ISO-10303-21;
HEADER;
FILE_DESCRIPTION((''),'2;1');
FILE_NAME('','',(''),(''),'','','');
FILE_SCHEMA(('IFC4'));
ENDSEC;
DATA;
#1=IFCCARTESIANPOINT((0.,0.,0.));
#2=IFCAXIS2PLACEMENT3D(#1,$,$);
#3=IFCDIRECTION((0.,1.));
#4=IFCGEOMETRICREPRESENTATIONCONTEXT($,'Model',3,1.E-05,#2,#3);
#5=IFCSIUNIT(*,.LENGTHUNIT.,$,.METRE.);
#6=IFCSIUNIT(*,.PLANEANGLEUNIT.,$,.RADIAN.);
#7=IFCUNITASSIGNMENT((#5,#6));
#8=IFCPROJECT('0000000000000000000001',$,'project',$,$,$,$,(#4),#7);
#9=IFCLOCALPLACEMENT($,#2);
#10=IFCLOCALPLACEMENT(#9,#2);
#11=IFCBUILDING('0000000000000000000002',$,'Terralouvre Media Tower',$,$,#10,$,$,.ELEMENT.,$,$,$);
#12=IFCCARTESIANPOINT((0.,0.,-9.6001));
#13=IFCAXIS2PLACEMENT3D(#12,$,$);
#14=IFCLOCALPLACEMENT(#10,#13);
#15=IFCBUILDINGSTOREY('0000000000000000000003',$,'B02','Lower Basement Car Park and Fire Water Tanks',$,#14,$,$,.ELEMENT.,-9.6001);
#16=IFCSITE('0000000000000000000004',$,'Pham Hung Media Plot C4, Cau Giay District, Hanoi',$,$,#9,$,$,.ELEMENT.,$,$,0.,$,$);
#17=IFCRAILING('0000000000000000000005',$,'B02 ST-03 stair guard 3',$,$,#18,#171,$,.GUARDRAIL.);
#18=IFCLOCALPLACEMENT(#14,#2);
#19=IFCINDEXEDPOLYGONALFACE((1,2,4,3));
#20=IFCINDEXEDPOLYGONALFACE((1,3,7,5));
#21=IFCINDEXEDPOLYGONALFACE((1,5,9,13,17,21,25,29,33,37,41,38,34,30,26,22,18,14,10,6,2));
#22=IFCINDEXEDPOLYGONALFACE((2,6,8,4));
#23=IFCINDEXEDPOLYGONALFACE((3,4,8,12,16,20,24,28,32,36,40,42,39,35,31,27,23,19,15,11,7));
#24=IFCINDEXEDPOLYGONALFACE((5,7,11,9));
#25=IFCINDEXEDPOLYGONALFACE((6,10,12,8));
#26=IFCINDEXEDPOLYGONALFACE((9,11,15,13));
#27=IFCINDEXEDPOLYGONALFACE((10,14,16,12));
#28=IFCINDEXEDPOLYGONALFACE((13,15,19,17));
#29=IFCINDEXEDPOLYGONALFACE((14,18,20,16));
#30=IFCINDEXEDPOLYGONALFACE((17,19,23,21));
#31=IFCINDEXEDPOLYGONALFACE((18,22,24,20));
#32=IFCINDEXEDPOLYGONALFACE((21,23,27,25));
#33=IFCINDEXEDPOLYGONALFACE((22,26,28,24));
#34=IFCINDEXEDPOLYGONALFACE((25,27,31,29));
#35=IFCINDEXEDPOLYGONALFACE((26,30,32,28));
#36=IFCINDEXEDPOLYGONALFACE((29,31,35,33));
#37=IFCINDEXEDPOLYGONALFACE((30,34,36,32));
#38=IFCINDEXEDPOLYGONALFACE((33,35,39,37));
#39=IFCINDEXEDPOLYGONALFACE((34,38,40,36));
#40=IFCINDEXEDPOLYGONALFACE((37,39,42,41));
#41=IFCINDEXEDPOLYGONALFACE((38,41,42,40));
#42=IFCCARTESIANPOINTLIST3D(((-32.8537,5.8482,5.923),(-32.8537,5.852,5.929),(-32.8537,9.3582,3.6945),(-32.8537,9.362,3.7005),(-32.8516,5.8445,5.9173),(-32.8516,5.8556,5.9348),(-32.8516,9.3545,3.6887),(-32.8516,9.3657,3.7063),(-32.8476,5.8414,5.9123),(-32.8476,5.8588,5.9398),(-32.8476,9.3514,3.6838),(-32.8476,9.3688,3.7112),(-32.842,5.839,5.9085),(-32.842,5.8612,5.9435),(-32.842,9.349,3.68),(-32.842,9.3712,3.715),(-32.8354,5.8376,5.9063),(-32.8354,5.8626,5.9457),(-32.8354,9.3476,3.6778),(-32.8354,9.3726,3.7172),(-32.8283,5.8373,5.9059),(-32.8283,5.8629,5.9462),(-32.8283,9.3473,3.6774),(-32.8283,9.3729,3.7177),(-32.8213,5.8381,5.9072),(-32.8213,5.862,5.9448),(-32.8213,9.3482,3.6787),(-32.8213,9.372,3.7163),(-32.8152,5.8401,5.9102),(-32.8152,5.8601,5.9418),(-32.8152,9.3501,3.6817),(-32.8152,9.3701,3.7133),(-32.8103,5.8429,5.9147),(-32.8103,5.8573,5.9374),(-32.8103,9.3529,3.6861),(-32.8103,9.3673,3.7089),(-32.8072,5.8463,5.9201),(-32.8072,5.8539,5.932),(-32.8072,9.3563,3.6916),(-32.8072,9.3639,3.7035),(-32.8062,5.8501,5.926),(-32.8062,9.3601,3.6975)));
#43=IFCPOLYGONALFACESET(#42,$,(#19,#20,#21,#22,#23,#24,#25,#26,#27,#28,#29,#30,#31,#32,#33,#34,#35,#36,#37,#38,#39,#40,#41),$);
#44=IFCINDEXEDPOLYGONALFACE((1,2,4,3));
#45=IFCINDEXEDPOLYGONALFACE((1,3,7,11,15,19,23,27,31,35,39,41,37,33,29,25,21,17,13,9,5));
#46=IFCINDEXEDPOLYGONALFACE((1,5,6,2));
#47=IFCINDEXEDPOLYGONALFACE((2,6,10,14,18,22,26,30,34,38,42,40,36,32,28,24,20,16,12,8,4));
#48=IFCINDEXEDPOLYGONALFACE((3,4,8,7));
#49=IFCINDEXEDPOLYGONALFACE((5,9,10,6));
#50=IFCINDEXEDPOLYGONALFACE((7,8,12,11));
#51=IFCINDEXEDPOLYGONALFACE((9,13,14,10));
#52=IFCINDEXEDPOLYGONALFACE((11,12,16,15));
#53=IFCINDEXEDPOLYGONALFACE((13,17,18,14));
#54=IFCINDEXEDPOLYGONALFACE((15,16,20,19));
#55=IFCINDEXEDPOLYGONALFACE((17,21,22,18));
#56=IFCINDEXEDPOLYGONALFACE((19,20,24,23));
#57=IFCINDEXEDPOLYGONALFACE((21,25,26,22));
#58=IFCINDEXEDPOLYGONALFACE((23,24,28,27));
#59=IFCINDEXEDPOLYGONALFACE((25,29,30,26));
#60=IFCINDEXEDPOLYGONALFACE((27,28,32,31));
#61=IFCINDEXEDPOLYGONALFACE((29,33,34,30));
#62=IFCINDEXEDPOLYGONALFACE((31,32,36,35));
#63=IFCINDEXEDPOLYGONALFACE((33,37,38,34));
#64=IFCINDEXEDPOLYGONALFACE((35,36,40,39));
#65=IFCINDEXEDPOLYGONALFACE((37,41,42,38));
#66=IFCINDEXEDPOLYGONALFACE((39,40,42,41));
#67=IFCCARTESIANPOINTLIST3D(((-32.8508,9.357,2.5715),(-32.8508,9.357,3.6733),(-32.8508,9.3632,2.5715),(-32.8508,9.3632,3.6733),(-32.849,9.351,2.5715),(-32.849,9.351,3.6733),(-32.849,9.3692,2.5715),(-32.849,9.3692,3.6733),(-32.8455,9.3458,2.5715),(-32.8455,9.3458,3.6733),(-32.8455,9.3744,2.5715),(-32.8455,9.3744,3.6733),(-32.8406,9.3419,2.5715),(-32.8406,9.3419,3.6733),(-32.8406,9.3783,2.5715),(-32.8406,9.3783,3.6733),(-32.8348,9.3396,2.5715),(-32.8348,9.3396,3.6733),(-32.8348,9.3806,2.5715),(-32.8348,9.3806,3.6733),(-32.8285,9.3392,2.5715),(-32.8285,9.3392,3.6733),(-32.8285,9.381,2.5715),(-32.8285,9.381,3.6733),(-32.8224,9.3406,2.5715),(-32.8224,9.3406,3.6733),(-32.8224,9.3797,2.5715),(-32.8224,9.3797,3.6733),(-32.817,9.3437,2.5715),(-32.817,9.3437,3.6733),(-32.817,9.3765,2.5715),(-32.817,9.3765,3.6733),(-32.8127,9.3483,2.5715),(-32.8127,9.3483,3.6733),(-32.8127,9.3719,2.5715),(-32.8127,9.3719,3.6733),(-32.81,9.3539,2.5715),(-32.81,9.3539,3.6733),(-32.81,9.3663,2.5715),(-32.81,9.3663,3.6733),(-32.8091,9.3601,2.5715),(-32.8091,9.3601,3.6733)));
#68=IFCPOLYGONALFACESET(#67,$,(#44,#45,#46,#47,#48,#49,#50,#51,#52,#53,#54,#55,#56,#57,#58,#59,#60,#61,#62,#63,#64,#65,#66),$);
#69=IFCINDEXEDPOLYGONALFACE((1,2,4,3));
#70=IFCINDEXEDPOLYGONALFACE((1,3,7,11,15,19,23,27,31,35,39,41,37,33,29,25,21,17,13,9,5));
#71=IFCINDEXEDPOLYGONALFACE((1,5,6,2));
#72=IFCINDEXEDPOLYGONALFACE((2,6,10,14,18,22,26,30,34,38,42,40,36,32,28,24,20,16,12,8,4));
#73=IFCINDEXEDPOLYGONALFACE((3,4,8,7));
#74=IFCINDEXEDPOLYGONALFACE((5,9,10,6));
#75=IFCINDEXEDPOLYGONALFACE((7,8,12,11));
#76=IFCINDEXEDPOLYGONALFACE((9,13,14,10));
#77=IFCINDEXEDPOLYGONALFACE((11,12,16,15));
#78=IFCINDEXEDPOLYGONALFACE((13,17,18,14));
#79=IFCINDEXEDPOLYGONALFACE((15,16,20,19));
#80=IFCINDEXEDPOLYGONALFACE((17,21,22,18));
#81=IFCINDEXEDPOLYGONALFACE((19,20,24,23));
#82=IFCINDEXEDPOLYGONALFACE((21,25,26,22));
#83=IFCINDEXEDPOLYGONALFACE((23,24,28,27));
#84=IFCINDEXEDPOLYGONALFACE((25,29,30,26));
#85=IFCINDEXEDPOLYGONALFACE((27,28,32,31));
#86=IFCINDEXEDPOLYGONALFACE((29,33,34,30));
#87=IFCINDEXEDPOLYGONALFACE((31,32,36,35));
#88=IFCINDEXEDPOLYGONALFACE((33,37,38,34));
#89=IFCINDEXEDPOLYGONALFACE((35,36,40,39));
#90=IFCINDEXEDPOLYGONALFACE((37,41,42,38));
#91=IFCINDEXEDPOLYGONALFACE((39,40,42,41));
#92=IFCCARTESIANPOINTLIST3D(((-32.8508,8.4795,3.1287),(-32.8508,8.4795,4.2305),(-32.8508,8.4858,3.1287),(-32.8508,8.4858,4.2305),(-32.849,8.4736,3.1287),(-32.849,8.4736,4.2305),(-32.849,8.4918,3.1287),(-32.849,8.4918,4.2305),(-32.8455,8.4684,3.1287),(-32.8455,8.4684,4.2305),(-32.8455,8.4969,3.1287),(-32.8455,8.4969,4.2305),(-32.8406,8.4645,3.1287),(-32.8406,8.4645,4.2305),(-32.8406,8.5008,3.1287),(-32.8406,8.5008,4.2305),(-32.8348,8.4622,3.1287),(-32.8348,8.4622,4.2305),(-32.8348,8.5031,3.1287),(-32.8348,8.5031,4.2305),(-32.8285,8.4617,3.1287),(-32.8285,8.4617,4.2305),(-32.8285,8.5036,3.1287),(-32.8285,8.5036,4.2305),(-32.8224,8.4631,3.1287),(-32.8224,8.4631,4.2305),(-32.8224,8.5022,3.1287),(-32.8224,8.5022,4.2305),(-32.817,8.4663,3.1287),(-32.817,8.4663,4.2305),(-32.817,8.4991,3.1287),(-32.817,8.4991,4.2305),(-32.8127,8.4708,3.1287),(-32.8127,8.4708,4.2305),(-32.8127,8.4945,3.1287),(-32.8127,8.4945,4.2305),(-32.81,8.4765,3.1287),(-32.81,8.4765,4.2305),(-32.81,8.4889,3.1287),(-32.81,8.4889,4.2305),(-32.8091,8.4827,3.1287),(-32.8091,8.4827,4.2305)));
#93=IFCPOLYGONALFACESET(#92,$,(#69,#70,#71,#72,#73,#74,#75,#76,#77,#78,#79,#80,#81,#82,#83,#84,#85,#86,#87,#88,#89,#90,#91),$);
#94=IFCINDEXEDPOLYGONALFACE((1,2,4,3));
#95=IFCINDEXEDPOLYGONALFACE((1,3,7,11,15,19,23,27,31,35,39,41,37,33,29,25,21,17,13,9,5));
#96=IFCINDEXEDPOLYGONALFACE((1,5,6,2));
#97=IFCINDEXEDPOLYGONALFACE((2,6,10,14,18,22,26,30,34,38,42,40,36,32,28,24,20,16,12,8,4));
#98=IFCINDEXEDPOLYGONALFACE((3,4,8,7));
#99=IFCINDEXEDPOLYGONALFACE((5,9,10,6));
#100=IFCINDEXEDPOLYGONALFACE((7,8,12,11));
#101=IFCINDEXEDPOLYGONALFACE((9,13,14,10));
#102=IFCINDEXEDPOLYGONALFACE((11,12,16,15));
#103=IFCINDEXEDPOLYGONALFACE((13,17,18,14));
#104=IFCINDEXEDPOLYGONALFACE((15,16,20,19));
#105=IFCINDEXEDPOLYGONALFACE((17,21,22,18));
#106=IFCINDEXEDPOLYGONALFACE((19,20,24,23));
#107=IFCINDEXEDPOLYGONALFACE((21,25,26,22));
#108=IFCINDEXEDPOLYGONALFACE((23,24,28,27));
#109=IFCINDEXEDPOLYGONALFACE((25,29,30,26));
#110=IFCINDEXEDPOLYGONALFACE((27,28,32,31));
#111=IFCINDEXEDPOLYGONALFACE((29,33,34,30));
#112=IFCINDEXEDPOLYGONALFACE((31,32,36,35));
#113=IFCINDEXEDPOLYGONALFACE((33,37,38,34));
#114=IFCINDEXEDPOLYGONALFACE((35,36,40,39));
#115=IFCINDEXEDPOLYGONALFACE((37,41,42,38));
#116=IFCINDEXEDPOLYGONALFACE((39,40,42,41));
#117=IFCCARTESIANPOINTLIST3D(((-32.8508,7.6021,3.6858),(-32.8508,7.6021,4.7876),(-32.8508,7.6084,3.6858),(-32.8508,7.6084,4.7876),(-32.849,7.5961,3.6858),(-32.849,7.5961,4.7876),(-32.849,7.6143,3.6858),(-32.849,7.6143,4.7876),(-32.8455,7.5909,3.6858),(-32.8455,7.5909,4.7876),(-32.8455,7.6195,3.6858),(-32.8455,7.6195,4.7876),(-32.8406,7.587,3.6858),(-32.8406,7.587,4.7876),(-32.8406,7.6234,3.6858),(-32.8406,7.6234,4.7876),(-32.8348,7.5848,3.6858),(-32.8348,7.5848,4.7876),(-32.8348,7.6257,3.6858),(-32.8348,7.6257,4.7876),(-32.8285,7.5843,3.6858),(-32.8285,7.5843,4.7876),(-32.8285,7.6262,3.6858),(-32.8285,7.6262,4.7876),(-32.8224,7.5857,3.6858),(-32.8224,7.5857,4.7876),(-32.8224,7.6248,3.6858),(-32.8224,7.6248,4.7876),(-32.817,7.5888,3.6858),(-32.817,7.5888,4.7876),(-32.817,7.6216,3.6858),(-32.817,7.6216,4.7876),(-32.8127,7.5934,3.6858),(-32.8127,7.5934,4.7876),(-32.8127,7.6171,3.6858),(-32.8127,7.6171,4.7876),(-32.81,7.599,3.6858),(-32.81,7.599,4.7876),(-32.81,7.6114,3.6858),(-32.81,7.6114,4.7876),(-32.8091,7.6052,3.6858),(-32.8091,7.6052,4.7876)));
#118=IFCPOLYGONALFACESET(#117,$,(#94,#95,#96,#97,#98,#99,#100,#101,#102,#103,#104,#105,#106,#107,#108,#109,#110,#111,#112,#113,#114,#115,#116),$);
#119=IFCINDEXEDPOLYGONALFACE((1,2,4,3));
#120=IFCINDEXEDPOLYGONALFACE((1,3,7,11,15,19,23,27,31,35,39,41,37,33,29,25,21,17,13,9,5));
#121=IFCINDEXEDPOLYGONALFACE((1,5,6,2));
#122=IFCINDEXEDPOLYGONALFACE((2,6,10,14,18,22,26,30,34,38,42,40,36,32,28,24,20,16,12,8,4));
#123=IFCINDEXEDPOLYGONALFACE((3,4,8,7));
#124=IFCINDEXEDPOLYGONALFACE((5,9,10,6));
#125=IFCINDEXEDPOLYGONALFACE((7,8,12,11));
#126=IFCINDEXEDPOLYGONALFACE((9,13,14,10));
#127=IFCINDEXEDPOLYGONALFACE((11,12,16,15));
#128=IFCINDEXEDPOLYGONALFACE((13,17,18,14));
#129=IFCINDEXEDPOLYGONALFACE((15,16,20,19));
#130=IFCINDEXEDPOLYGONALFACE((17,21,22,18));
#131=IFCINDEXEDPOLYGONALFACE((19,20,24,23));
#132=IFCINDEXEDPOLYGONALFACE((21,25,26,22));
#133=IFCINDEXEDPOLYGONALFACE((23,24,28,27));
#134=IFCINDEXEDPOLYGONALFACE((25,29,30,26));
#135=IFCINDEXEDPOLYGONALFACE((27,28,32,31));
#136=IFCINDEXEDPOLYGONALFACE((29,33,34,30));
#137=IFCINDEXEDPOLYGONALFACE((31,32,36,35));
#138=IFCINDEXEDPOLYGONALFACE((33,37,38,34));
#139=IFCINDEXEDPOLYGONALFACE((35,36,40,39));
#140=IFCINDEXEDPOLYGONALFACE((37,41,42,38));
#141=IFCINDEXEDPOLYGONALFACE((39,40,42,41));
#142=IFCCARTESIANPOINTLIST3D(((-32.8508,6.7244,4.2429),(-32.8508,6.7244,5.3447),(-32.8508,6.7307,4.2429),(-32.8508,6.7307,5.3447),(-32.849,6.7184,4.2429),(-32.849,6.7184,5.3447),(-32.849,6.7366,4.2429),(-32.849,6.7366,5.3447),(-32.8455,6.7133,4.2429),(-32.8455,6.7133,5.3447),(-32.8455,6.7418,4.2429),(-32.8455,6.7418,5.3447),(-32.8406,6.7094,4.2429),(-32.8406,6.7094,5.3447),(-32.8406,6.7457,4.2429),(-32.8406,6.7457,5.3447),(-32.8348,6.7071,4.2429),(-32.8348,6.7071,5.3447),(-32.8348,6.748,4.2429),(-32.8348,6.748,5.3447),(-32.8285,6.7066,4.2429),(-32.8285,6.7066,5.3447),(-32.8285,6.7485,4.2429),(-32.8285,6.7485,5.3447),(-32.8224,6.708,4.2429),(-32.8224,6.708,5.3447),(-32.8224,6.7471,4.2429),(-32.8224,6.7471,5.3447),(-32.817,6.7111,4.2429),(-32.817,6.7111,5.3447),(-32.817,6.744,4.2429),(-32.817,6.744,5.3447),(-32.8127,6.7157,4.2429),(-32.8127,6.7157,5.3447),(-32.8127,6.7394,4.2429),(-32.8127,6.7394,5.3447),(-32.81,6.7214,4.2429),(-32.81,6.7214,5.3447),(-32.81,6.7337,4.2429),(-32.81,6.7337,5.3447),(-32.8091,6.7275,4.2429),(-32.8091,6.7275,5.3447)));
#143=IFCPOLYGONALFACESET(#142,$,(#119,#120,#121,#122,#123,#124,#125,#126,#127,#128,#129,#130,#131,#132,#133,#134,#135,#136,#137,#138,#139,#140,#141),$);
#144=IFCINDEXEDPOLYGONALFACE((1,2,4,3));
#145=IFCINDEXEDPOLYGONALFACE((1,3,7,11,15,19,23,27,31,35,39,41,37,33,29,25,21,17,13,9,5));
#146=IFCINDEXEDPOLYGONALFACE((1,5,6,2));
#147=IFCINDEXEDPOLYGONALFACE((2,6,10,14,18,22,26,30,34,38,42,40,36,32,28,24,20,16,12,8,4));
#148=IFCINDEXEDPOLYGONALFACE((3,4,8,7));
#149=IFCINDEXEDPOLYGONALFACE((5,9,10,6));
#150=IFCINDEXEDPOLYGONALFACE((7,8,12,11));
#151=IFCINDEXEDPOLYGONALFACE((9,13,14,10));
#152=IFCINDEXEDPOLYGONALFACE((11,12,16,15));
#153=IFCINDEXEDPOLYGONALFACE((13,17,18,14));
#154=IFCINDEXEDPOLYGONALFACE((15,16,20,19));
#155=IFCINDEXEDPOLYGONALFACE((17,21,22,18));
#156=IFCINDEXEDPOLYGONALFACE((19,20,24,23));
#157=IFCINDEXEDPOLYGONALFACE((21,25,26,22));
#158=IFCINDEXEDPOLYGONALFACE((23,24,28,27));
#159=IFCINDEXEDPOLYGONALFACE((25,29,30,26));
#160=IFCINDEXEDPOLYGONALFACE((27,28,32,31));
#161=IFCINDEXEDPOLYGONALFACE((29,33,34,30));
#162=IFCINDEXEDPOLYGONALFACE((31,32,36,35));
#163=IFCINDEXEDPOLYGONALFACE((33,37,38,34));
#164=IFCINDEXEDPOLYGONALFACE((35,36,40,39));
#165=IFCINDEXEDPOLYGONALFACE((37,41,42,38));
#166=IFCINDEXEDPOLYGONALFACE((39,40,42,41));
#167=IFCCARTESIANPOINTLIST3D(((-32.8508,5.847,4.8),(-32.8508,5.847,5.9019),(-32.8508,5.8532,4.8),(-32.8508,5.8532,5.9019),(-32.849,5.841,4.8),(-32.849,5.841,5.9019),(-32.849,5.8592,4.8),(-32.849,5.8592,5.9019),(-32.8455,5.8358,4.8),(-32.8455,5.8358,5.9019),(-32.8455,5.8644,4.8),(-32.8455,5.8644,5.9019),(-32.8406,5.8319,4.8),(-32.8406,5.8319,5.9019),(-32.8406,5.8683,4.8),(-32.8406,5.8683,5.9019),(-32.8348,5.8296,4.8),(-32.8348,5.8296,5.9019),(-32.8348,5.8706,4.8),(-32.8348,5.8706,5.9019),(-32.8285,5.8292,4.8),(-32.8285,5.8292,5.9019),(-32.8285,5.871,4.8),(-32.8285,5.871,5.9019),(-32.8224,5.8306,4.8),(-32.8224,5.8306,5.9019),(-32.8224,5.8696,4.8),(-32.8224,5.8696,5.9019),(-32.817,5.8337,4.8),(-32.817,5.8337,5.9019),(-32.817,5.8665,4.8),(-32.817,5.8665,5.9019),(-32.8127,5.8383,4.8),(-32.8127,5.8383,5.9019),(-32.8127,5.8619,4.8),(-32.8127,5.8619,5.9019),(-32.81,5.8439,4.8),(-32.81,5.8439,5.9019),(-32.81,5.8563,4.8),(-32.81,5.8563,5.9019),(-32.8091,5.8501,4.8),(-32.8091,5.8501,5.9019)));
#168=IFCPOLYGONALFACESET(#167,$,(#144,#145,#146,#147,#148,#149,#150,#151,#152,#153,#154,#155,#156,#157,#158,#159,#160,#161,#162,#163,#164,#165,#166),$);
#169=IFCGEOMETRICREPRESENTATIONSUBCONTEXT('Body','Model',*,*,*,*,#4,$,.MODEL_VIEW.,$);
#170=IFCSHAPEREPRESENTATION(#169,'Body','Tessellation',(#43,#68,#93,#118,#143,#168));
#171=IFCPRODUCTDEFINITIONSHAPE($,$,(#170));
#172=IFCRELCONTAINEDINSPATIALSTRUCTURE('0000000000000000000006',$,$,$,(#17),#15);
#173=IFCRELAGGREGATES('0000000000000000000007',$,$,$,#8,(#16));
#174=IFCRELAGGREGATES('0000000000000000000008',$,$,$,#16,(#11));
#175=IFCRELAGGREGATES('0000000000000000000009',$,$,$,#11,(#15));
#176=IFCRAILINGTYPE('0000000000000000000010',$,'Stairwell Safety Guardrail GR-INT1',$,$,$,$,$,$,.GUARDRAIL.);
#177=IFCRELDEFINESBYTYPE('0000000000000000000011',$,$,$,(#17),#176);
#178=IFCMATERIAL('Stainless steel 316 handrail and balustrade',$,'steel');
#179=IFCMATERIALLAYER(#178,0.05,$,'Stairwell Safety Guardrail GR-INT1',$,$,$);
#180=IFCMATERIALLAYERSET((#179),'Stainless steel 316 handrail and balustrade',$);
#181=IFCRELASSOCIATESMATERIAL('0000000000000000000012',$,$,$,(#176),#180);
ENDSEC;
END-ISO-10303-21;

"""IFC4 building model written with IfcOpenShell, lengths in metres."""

from ifc_helpers import new_model, si_unit, direction, frame, origin, origin_2d, place, context, subcontext, project, spatial, circle, extrude, material, layer, layer_set, type_object, element, save


model = new_model("IFC4")

# Units and contexts
model_context = context("Model", 3, precision=1e-05, world=origin(), true_north=direction((0.0, 1.0)))
body_context = subcontext(model_context, "Body", "Model", "MODEL_VIEW")
ifc_project = project(units=[si_unit("LENGTHUNIT", "METRE"), si_unit("PLANEANGLEUNIT", "RADIAN")], contexts=[model_context])

# Site, building, storey
site_placement = place(None, origin())
site = spatial("IfcSite", under=ifc_project, at=site_placement, Name="Pham Hung Media Plot C4, Cau Giay District, Hanoi", CompositionType="ELEMENT", RefElevation=0.0)
building_placement = place(site_placement, origin())
building = spatial("IfcBuilding", under=site, at=building_placement, Name="Terralouvre Media Tower", CompositionType="ELEMENT")
storey_placement = place(building_placement, frame((0.0, 0.0, -9.6001)))
storey = spatial("IfcBuildingStorey", under=building, at=storey_placement, Name="B02", Description="Lower Basement Car Park and Fire Water Tanks", CompositionType="ELEMENT", Elevation=-9.6001)

# Railing
ifc_material_1 = material(Name="Stainless steel 316 handrail and balustrade", Category="steel")
ifc_layer_1 = layer(ifc_material_1, 0.05, Name="Stairwell Safety Guardrail GR-INT1")
ifc_layer_set_1 = layer_set([ifc_layer_1], Name="Stainless steel 316 handrail and balustrade")
railing_type_1 = type_object("IfcRailingType", Name="Stairwell Safety Guardrail GR-INT1", PredefinedType="GUARDRAIL", material=ifc_layer_set_1)
railing_1_placement = place(storey_placement, frame((-32.8301, 9.3601, 2.5715)))
element("IfcRailing", 1, at=railing_1_placement, inside=storey, type_object=railing_type_1, Name="B02 ST-03 stair guard 3", PredefinedType="GUARDRAIL", context=body_context, shape_type="SweptSolid", body=[
    extrude(circle(Radius=0.0239, at=origin_2d()), frame((0.0, 0.0, 1.126), z_axis=(0.0, -0.84422, 0.535998), x_axis=(1.0, 0.0, 0.0)), (0.0, 0.0, 1.0), 4.1577),
    extrude(circle(Radius=0.021, at=origin_2d()), origin(), (0.0, 0.0, 1.0), 1.1018),
    extrude(circle(Radius=0.021, at=origin_2d()), frame((0.0, -0.8774, 0.5571)), (0.0, 0.0, 1.0), 1.1018),
    extrude(circle(Radius=0.021, at=origin_2d()), frame((0.0, -1.7549, 1.1143)), (0.0, 0.0, 1.0), 1.1018),
    extrude(circle(Radius=0.021, at=origin_2d()), frame((0.0, -2.6326, 1.6714)), (0.0, 0.0, 1.0), 1.1018),
    extrude(circle(Radius=0.021, at=origin_2d()), frame((0.0, -3.51, 2.2285)), (0.0, 0.0, 1.0), 1.1018),
])

save(model, "model.ifc")
